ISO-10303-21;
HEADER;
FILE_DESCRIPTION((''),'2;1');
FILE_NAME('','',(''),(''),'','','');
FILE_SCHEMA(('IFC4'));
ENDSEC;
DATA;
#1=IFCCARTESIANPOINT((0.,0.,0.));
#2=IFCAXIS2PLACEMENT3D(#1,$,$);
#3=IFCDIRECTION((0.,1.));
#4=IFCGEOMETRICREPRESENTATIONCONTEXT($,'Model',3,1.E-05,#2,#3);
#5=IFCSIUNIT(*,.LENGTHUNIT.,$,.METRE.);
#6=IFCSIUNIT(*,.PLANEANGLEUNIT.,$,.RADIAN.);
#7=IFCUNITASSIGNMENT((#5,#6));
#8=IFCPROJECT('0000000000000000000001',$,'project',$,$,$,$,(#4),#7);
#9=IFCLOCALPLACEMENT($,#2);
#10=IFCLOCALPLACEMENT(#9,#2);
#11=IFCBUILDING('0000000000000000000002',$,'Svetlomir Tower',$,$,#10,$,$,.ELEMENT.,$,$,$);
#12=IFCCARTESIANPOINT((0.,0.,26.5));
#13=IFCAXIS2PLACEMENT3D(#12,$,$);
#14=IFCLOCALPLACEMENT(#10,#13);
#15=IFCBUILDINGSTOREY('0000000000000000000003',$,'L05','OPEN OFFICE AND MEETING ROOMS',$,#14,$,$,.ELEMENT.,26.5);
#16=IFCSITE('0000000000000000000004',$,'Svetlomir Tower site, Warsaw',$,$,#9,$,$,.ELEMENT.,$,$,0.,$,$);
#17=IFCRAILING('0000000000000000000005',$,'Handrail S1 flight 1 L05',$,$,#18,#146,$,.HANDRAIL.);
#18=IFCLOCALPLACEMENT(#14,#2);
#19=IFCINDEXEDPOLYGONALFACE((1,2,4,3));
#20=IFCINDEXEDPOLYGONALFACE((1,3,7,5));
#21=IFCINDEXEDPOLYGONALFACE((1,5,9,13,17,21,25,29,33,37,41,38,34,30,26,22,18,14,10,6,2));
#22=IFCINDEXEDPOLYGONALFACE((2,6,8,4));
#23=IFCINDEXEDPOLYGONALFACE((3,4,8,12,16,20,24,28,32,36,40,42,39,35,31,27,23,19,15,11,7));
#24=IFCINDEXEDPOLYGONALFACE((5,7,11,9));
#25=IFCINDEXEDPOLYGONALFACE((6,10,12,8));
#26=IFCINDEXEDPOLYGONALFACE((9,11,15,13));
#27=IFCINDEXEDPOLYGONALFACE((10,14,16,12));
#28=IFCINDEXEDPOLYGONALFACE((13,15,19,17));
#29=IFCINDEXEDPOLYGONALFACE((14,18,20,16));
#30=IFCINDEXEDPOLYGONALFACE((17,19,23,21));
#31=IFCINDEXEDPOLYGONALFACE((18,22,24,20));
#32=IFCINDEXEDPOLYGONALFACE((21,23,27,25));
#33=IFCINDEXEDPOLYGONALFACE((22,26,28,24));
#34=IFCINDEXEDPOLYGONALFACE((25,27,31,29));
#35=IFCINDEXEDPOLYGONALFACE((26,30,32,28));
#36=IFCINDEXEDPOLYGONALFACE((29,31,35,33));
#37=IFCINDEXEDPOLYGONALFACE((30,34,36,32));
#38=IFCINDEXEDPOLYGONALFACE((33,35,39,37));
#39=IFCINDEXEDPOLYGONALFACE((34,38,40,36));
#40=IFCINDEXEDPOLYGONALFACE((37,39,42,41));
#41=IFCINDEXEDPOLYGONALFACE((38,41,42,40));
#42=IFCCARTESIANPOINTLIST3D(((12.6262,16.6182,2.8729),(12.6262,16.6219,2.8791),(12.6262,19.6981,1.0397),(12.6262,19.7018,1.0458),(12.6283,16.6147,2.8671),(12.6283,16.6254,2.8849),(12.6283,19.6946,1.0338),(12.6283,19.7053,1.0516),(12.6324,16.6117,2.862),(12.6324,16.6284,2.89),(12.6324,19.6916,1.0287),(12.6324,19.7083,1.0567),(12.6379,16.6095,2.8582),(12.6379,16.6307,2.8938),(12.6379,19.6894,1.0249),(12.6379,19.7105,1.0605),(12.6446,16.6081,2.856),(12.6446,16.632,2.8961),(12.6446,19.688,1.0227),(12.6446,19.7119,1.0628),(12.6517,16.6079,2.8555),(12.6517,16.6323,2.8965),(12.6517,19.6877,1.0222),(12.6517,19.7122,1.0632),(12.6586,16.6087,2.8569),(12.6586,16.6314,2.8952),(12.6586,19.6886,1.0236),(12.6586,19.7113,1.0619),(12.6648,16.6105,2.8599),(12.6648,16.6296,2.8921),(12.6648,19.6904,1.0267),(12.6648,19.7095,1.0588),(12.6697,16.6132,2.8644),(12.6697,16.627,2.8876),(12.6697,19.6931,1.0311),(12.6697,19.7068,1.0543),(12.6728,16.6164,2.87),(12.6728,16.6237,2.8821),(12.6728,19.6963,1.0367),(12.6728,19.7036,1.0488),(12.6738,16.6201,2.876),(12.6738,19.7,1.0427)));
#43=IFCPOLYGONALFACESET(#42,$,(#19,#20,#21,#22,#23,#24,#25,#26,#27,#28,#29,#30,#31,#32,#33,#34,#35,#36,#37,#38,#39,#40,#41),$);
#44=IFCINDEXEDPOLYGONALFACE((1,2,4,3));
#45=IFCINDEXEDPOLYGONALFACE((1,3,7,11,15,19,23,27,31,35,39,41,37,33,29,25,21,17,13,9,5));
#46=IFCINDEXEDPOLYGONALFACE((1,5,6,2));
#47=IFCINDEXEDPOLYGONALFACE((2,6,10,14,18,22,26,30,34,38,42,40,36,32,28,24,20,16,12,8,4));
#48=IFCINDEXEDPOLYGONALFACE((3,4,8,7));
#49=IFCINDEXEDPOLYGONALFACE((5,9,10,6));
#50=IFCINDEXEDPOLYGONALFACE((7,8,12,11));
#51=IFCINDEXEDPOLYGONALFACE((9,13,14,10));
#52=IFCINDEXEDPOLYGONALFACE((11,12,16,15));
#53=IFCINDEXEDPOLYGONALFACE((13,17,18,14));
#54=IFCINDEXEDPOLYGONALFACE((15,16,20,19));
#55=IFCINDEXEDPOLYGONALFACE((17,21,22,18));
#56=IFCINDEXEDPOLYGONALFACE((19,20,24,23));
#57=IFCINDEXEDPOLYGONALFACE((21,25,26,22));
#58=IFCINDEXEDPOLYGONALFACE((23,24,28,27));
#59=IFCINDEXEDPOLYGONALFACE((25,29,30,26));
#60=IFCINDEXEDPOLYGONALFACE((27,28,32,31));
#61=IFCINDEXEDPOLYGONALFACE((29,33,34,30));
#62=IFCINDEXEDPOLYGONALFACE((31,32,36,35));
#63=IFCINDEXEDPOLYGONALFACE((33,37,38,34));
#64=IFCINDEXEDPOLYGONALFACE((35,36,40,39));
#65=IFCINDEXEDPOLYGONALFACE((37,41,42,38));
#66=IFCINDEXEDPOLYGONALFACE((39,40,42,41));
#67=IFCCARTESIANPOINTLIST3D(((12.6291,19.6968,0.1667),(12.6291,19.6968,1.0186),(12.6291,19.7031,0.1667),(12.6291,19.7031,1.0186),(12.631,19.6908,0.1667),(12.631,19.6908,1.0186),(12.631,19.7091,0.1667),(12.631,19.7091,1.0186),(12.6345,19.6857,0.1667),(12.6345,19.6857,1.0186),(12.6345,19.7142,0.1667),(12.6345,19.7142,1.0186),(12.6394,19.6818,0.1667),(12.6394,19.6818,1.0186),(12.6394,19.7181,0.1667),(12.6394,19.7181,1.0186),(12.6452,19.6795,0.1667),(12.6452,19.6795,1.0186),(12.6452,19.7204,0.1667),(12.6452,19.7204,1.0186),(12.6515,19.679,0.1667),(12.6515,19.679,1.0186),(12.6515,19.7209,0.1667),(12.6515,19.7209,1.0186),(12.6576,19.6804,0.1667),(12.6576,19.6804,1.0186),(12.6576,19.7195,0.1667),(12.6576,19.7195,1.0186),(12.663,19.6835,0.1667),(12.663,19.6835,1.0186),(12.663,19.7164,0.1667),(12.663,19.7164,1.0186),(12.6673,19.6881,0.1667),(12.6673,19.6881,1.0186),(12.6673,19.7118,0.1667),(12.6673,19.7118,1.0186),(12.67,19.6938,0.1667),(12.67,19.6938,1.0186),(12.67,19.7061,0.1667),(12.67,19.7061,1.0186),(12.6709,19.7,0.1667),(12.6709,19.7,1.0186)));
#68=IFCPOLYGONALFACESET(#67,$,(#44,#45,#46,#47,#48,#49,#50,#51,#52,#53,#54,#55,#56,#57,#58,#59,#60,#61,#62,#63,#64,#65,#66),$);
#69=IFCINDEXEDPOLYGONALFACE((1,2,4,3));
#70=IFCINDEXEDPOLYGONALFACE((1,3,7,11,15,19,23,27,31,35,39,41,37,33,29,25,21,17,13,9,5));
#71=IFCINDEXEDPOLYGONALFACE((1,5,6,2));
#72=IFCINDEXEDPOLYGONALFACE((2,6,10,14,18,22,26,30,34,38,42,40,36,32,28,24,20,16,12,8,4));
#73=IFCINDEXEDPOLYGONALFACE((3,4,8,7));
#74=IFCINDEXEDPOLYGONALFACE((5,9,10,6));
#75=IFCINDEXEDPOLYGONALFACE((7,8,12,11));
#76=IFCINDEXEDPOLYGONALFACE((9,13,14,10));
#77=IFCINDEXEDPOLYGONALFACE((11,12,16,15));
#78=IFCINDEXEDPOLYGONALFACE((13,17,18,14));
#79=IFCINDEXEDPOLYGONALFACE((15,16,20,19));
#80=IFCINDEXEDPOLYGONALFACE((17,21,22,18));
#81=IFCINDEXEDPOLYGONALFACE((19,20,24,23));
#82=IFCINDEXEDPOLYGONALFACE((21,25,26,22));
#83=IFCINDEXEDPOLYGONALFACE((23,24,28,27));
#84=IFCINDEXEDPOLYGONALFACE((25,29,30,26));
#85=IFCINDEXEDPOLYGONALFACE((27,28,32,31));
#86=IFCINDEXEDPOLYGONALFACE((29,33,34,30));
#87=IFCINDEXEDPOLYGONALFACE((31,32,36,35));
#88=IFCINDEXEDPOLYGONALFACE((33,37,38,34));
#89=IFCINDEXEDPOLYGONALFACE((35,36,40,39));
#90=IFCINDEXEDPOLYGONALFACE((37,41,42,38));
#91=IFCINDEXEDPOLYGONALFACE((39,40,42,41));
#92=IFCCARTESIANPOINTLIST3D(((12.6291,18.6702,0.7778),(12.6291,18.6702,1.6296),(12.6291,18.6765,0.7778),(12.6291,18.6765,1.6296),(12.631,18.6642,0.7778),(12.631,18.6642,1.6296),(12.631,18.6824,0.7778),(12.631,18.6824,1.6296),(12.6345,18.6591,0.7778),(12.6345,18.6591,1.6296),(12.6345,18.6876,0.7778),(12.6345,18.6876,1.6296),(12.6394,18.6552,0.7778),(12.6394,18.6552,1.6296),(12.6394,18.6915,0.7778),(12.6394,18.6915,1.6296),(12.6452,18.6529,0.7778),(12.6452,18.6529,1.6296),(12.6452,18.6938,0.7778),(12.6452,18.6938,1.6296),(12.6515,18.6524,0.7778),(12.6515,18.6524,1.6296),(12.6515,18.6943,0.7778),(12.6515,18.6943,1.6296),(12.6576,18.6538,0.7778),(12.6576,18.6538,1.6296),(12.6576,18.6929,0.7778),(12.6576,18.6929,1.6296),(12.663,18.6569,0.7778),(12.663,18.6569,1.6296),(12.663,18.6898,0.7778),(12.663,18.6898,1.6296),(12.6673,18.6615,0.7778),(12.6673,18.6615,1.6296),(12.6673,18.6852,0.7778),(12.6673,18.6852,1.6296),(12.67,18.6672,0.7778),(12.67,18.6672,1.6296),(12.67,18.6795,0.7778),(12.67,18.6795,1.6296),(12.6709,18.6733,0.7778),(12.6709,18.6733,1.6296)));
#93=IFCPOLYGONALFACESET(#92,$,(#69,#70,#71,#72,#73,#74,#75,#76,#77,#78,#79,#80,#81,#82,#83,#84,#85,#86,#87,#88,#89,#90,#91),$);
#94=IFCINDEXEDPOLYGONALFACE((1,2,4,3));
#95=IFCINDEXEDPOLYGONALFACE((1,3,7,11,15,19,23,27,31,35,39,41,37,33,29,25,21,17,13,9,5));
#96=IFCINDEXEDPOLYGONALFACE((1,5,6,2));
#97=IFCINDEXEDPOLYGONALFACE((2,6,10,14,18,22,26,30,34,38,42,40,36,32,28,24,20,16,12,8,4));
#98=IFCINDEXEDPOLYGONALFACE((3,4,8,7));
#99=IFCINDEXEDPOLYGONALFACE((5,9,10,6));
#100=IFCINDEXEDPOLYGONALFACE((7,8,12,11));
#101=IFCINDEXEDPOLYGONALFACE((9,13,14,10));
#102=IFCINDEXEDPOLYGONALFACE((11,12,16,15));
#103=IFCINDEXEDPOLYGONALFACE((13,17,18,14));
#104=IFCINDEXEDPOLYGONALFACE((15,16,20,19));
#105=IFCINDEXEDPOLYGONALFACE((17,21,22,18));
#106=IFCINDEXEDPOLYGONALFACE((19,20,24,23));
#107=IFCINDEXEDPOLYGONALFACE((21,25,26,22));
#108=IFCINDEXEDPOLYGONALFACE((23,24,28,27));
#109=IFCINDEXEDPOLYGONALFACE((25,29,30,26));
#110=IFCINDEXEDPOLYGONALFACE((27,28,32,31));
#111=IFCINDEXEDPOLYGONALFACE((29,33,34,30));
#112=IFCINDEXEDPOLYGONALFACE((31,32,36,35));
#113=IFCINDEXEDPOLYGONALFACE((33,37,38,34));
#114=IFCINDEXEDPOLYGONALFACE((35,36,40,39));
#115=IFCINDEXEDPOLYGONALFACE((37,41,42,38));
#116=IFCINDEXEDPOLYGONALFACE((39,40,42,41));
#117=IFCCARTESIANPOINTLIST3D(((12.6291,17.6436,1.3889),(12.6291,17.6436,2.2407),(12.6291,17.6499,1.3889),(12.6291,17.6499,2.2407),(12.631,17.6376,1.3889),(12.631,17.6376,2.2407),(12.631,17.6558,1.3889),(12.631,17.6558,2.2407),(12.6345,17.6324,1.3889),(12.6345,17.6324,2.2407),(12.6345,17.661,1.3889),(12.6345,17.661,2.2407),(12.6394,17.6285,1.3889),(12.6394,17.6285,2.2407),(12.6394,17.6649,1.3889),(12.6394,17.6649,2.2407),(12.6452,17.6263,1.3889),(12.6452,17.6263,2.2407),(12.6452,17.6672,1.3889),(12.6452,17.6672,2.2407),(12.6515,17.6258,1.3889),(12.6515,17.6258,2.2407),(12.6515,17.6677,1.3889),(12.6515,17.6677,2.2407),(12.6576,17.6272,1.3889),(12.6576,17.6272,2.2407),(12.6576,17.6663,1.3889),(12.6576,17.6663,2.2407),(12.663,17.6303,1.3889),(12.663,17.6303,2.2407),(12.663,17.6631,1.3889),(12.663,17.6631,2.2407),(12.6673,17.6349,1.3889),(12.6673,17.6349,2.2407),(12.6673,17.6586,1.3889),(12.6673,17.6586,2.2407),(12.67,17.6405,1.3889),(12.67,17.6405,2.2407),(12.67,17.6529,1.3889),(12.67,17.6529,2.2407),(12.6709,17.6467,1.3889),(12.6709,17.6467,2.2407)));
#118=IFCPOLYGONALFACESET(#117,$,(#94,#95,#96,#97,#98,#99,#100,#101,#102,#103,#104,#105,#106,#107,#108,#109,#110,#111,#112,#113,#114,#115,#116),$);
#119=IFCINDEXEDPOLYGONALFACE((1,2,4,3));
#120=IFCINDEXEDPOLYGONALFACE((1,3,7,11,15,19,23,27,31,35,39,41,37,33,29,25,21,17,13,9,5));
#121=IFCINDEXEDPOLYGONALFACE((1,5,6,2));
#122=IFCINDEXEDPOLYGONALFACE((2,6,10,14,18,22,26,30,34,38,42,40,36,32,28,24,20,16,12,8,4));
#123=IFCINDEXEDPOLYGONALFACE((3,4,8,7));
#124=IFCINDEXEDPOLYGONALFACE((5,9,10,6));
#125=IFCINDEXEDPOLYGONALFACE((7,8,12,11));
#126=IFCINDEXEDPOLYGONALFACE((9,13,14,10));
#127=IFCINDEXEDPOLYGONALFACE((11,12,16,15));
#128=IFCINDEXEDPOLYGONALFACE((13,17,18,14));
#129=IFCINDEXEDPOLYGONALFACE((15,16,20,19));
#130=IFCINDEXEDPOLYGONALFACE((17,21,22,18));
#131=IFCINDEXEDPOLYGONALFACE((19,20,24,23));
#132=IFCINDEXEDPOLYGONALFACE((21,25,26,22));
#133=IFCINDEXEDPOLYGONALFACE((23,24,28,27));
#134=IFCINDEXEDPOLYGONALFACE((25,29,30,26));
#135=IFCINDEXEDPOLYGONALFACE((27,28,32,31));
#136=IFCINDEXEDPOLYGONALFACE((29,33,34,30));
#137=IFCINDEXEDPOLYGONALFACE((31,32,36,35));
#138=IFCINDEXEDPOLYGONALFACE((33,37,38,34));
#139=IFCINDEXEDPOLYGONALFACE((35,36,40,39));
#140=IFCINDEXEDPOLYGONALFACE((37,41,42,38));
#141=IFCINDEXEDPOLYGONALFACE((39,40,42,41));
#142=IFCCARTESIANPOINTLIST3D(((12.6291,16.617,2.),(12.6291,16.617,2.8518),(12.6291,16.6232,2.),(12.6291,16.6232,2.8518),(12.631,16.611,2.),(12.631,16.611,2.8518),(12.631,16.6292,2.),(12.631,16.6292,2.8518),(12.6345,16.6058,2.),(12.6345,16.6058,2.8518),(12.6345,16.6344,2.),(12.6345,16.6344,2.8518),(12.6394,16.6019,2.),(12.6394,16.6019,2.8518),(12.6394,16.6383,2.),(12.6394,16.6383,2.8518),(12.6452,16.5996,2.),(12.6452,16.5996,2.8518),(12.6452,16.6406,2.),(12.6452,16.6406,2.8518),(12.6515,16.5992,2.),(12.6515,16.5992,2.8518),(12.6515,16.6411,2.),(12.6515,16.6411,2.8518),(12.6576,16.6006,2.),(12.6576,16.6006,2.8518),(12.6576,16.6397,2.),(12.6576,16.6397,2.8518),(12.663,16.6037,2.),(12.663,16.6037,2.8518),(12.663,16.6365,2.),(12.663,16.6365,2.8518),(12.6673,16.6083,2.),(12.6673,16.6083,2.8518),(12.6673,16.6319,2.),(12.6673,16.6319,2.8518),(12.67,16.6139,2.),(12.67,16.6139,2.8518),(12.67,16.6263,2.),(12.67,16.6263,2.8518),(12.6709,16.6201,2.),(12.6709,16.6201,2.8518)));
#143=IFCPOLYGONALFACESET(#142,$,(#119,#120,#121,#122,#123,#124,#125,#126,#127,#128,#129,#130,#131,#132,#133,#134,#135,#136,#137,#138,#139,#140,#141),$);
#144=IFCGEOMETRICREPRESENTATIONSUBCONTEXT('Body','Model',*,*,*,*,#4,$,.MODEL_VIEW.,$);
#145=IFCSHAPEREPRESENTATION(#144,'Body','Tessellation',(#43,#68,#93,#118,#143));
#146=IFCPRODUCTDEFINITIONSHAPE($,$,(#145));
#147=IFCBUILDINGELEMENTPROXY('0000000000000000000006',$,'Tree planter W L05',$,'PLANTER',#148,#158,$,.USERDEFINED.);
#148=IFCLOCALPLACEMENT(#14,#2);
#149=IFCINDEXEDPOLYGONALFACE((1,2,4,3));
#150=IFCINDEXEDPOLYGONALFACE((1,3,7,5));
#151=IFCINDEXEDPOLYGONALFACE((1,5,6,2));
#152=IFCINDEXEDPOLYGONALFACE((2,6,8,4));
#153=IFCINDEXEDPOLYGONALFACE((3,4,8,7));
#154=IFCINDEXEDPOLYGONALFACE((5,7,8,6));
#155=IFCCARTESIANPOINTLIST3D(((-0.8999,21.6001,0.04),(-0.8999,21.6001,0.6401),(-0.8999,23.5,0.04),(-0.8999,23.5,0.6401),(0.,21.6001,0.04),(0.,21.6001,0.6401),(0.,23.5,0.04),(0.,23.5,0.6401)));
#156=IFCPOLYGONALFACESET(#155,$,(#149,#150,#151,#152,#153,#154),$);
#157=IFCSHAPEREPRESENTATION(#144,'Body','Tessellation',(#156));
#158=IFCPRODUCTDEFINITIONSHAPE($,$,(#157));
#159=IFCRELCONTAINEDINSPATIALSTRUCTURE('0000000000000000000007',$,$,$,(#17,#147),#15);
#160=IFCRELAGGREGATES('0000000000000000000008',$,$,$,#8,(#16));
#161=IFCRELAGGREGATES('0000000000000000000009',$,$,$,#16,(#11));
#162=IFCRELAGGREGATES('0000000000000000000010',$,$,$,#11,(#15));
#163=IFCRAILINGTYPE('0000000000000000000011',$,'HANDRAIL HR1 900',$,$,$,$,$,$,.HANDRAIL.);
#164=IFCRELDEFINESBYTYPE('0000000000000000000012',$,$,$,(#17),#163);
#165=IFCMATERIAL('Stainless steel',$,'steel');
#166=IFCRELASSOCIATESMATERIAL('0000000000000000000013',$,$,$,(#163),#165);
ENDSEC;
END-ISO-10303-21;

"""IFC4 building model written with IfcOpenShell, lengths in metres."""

from ifc_helpers import new_model, si_unit, direction, frame, origin, origin_2d, place, context, subcontext, project, spatial, rectangle, circle, extrude, material, type_object, element, save


model = new_model("IFC4")

# Units and contexts
model_context = context("Model", 3, precision=1e-05, world=origin(), true_north=direction((0.0, 1.0)))
body_context = subcontext(model_context, "Body", "Model", "MODEL_VIEW")
ifc_project = project(units=[si_unit("LENGTHUNIT", "METRE"), si_unit("PLANEANGLEUNIT", "RADIAN")], contexts=[model_context])

# Site, building, storey
site_placement = place(None, origin())
site = spatial("IfcSite", under=ifc_project, at=site_placement, Name="Svetlomir Tower site, Warsaw", CompositionType="ELEMENT", RefElevation=0.0)
building_placement = place(site_placement, origin())
building = spatial("IfcBuilding", under=site, at=building_placement, Name="Svetlomir Tower", CompositionType="ELEMENT")
storey_placement = place(building_placement, frame((0.0, 0.0, 26.5)))
storey = spatial("IfcBuildingStorey", under=building, at=storey_placement, Name="L05", Description="OPEN OFFICE AND MEETING ROOMS", CompositionType="ELEMENT", Elevation=26.5)

# Railing
ifc_material_1 = material(Name="Stainless steel", Category="steel")
railing_type_1 = type_object("IfcRailingType", Name="HANDRAIL HR1 900", PredefinedType="HANDRAIL", material=ifc_material_1)
railing_1_placement = place(storey_placement, frame((12.6499, 19.7, 0.1667)))
element("IfcRailing", 1, at=railing_1_placement, inside=storey, type_object=railing_type_1, Name="Handrail S1 flight 1 L05", PredefinedType="HANDRAIL", context=body_context, shape_type="SweptSolid", body=[
    extrude(circle(Radius=0.0239, at=origin_2d()), frame((0.0, 0.0, 0.876), z_axis=(0.0, -0.859291, 0.511487), x_axis=(1.0, 0.0, 0.0)), (0.0, 0.0, 1.0), 3.5842),
    extrude(circle(Radius=0.021, at=origin_2d()), origin(), (0.0, 0.0, 1.0), 0.8518),
    extrude(circle(Radius=0.021, at=origin_2d()), frame((0.0, -1.0266, 0.6111)), (0.0, 0.0, 1.0), 0.8518),
    extrude(circle(Radius=0.021, at=origin_2d()), frame((0.0, -2.0532, 1.2222)), (0.0, 0.0, 1.0), 0.8518),
    extrude(circle(Radius=0.021, at=origin_2d()), frame((0.0, -3.0798, 1.8333)), (0.0, 0.0, 1.0), 0.8518),
])

# Building element proxy
proxy_placement = place(storey_placement, frame((-0.45, 22.55, 0.04), z_axis=(0.0, 0.0, 1.0), x_axis=(1.0, 0.0, 0.0)))
element("IfcBuildingElementProxy", 2, at=proxy_placement, inside=storey, Name="Tree planter W L05", ObjectType="PLANTER", PredefinedType="USERDEFINED", context=body_context, shape_type="SweptSolid", body=[
    extrude(rectangle(XDim=0.8999, YDim=1.8999, at=origin_2d()), origin(), (0.0, 0.0, 1.0), 0.6001),
])

save(model, "model.ifc")
